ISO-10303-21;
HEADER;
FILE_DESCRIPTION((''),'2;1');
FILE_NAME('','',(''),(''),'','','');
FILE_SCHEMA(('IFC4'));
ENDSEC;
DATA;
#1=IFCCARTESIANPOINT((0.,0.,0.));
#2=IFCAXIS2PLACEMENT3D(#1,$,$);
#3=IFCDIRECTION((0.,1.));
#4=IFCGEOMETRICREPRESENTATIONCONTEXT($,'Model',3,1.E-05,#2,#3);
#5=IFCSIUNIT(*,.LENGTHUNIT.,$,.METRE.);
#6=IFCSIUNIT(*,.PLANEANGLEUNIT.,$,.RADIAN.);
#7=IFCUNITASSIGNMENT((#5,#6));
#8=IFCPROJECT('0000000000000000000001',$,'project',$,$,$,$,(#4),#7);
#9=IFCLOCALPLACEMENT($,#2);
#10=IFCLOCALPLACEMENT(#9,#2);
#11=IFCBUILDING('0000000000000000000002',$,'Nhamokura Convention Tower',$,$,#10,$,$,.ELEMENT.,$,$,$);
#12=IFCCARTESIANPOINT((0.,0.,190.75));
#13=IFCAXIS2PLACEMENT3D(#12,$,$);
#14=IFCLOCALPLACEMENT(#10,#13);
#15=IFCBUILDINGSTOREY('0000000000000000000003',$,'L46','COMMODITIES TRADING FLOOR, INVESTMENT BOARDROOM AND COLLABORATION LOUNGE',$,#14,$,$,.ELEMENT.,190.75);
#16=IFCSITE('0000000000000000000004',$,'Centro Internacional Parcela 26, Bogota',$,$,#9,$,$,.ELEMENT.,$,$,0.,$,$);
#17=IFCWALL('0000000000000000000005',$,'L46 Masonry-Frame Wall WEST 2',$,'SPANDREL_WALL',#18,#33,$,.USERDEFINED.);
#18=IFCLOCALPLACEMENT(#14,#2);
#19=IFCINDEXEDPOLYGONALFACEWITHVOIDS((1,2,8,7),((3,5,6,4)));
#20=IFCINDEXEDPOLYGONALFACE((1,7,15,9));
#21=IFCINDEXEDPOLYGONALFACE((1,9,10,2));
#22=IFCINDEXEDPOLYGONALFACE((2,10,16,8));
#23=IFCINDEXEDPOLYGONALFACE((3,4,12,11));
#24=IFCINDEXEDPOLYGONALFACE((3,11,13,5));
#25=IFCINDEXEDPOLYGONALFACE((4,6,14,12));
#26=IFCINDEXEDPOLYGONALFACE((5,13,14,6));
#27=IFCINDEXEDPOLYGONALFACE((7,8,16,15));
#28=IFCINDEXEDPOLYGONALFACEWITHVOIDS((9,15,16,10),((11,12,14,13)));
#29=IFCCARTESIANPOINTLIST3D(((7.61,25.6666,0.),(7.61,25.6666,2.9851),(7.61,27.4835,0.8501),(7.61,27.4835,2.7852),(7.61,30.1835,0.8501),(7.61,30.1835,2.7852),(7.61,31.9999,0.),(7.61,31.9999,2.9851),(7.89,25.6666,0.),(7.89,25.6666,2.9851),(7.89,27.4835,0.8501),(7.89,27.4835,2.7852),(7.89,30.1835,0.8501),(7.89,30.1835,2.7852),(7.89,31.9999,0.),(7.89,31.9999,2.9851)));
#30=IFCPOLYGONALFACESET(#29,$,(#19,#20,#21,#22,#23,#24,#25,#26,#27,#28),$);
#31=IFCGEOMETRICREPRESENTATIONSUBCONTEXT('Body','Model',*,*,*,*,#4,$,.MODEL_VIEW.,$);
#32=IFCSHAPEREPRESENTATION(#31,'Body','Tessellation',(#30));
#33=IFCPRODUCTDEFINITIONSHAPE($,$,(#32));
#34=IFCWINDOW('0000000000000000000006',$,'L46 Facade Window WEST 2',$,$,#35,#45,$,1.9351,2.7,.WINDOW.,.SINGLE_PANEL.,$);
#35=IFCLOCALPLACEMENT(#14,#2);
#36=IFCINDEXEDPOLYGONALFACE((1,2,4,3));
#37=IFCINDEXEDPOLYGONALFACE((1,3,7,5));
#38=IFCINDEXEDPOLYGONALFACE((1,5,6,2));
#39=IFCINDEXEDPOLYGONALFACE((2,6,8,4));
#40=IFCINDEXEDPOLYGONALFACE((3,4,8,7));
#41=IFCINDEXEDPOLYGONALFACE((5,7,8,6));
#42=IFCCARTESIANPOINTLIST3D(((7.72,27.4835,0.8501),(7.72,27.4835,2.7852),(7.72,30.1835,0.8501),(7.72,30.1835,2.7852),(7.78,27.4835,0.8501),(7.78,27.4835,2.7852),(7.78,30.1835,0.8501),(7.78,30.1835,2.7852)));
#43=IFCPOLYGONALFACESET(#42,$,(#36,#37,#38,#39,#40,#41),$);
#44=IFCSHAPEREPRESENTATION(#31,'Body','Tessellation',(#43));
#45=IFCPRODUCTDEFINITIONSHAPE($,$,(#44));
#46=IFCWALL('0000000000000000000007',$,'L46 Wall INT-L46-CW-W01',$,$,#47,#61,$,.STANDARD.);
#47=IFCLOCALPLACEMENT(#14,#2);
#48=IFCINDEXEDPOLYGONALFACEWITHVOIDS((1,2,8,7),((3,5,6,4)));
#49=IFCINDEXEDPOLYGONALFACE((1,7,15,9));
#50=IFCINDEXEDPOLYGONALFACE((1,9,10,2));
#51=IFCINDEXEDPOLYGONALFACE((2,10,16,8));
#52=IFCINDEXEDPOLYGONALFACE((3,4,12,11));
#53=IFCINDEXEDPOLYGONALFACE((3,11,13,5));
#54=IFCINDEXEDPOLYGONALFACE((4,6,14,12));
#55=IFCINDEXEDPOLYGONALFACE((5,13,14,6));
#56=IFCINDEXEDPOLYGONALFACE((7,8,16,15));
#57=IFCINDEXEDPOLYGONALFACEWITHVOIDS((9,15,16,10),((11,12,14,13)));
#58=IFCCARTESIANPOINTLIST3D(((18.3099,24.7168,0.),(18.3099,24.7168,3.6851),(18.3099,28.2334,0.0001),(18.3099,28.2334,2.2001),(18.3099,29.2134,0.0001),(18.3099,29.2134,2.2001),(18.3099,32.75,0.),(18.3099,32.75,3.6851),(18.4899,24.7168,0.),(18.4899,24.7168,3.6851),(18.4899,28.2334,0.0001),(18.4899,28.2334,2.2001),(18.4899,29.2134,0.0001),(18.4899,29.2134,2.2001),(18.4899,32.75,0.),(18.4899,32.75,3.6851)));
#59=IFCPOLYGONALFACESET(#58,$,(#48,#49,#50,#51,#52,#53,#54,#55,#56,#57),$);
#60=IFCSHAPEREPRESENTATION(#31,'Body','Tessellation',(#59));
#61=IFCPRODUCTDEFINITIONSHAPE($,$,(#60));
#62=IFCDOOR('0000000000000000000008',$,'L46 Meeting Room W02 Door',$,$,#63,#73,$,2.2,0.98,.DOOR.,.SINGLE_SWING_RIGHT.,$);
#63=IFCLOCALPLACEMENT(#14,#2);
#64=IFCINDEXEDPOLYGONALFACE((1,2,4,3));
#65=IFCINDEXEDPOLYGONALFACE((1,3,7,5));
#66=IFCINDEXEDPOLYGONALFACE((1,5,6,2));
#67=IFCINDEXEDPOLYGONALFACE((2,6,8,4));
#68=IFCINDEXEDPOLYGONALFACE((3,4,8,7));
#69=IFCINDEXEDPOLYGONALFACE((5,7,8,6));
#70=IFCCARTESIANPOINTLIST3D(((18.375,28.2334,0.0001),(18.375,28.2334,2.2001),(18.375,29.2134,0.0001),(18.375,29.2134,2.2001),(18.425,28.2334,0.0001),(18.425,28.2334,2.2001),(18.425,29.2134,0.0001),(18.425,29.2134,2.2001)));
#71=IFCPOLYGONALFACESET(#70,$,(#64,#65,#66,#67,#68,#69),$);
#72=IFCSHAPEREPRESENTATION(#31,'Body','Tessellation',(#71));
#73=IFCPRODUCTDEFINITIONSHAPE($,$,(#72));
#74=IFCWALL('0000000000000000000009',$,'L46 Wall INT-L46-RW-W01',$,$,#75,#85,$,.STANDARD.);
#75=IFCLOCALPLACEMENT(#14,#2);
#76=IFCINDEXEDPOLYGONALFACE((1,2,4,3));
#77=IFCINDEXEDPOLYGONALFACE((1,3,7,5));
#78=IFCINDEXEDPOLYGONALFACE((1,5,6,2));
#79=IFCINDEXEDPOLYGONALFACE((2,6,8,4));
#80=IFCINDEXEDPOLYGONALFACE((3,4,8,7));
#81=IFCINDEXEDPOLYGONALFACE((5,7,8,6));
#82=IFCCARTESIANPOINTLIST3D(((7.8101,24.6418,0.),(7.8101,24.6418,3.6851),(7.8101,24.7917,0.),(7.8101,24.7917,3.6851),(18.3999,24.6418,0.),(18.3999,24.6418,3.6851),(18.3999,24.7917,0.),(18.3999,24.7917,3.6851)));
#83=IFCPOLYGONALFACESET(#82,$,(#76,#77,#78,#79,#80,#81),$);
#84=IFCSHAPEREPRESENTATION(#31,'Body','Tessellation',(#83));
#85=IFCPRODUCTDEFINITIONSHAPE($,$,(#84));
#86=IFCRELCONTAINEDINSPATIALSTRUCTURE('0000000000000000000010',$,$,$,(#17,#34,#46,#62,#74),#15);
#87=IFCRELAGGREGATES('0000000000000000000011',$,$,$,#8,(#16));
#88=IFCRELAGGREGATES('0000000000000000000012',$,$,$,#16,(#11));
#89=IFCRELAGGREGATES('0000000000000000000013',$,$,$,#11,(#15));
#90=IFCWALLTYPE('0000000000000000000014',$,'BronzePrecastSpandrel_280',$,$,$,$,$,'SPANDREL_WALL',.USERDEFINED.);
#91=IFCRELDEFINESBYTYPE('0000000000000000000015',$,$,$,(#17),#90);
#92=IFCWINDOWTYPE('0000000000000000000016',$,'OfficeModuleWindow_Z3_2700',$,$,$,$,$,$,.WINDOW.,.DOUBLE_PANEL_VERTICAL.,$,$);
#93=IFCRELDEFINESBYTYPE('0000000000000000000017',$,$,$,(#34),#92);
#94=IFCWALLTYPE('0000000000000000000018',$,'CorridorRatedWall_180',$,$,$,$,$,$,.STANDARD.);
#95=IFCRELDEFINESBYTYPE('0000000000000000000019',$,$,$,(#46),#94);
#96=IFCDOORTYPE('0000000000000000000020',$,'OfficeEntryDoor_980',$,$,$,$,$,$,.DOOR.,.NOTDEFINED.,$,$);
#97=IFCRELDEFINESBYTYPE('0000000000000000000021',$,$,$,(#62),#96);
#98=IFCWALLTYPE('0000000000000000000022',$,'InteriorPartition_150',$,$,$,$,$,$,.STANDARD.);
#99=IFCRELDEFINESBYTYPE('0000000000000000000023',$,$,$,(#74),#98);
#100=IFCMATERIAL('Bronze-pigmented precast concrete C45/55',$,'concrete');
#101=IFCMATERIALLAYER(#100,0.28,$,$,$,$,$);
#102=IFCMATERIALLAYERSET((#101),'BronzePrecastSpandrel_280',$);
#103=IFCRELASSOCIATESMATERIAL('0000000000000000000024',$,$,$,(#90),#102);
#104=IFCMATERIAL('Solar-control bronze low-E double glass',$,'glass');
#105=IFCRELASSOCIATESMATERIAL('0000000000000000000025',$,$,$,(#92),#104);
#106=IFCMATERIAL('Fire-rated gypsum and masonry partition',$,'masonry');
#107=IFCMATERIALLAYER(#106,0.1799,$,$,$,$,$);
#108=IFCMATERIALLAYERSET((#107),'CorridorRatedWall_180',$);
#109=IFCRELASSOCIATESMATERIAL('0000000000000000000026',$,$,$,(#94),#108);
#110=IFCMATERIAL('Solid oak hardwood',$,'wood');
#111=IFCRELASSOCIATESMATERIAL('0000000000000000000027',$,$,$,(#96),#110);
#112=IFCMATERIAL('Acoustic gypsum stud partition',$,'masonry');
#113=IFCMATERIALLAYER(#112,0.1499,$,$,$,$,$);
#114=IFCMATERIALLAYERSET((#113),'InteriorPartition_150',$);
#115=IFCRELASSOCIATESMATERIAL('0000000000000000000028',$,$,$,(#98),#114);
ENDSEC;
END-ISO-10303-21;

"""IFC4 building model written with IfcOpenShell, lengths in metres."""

from ifc_helpers import new_model, si_unit, direction, frame, frame_2d, origin, place, context, subcontext, project, spatial, rectangle, extrude, material, layer, layer_set, type_object, element, fill, save


model = new_model("IFC4")

# Units and contexts
model_context = context("Model", 3, precision=1e-05, world=origin(), true_north=direction((0.0, 1.0)))
body_context = subcontext(model_context, "Body", "Model", "MODEL_VIEW")
ifc_project = project(units=[si_unit("LENGTHUNIT", "METRE"), si_unit("PLANEANGLEUNIT", "RADIAN")], contexts=[model_context])

# Site, building, storey
site_placement = place(None, origin())
site = spatial("IfcSite", under=ifc_project, at=site_placement, Name="Centro Internacional Parcela 26, Bogota", CompositionType="ELEMENT", RefElevation=0.0)
building_placement = place(site_placement, origin())
building = spatial("IfcBuilding", under=site, at=building_placement, Name="Nhamokura Convention Tower", CompositionType="ELEMENT")
storey_placement = place(building_placement, frame((0.0, 0.0, 190.75)))
storey = spatial("IfcBuildingStorey", under=building, at=storey_placement, Name="L46", Description="COMMODITIES TRADING FLOOR, INVESTMENT BOARDROOM AND COLLABORATION LOUNGE", CompositionType="ELEMENT", Elevation=190.75)

# Wall, opening, window
ifc_material_1 = material(Name="Bronze-pigmented precast concrete C45/55", Category="concrete")
ifc_layer_1 = layer(ifc_material_1, 0.28)
ifc_layer_set_1 = layer_set([ifc_layer_1], Name="BronzePrecastSpandrel_280")
wall_type_1 = type_object("IfcWallType", Name="BronzePrecastSpandrel_280", ElementType="SPANDREL_WALL", PredefinedType="USERDEFINED", material=ifc_layer_set_1)
wall_1_placement = place(storey_placement, frame((7.75, 25.6667, 0.0), z_axis=(0.0, 0.0, 1.0), x_axis=(0.0, 1.0, 0.0)))
wall_1 = element("IfcWall", 1, at=wall_1_placement, inside=storey, type_object=wall_type_1, Name="L46 Masonry-Frame Wall WEST 2", ObjectType="SPANDREL_WALL", PredefinedType="USERDEFINED", context=body_context, shape_type="SweptSolid", body=[
    extrude(rectangle(XDim=6.3333, YDim=0.28, at=frame_2d((3.1665, 0.0))), origin(), (0.0, 0.0, 1.0), 2.9851),
])
opening_1_placement = place(wall_1_placement, frame((1.8167, 0.0, 0.8501)))
opening_1 = element("IfcOpeningElement", 2, at=opening_1_placement, cuts=wall_1, PredefinedType="OPENING", context=body_context, shape_type="SweptSolid", body=[
    extrude(rectangle(XDim=2.7, YDim=1.9351, at=frame_2d((1.3501, 0.9675))), frame((0.0, 0.1499, 0.0), z_axis=(0.0, -1.0, 0.0), x_axis=(1.0, 0.0, 0.0)), (0.0, 0.0, 1.0), 0.3),
])
ifc_material_2 = material(Name="Solar-control bronze low-E double glass", Category="glass")
window_type_1 = type_object("IfcWindowType", Name="OfficeModuleWindow_Z3_2700", PartitioningType="DOUBLE_PANEL_VERTICAL", PredefinedType="WINDOW", material=ifc_material_2)
window_1_placement = place(opening_1_placement, origin())
window_1 = element("IfcWindow", 3, at=window_1_placement, inside=storey, type_object=window_type_1, Name="L46 Facade Window WEST 2", OverallHeight=1.9351, OverallWidth=2.7, PartitioningType="SINGLE_PANEL", PredefinedType="WINDOW", context=body_context, shape_type="SweptSolid", body=[
    extrude(rectangle(XDim=2.7, YDim=1.9351, at=frame_2d((1.3501, 0.9675))), frame((0.0, 0.03, 0.0), z_axis=(0.0, -1.0, 0.0), x_axis=(1.0, 0.0, 0.0)), (0.0, 0.0, 1.0), 0.0601),
])
fill(opening_1, window_1)

# Wall, opening, door
ifc_material_3 = material(Name="Fire-rated gypsum and masonry partition", Category="masonry")
ifc_layer_2 = layer(ifc_material_3, 0.1799)
ifc_layer_set_2 = layer_set([ifc_layer_2], Name="CorridorRatedWall_180")
wall_type_2 = type_object("IfcWallType", Name="CorridorRatedWall_180", PredefinedType="STANDARD", material=ifc_layer_set_2)
wall_2_placement = place(storey_placement, frame((18.3999, 24.7168, 0.0), z_axis=(0.0, 0.0, 1.0), x_axis=(0.0, 1.0, 0.0)))
wall_2 = element("IfcWall", 4, at=wall_2_placement, inside=storey, type_object=wall_type_2, Name="L46 Wall INT-L46-CW-W01", PredefinedType="STANDARD", context=body_context, shape_type="SweptSolid", body=[
    extrude(rectangle(XDim=8.0332, YDim=0.1799, at=frame_2d((4.0166, 0.0))), origin(), (0.0, 0.0, 1.0), 3.6851),
])
opening_2_placement = place(wall_2_placement, frame((3.5166, 0.0, 0.0)))
opening_2 = element("IfcOpeningElement", 5, at=opening_2_placement, cuts=wall_2, PredefinedType="OPENING", context=body_context, shape_type="SweptSolid", body=[
    extrude(rectangle(XDim=0.98, YDim=2.2, at=frame_2d((0.49, 1.1001))), frame((0.0, 0.0999, 0.0), z_axis=(0.0, -1.0, 0.0), x_axis=(1.0, 0.0, 0.0)), (0.0, 0.0, 1.0), 0.2),
])
ifc_material_4 = material(Name="Solid oak hardwood", Category="wood")
door_type_1 = type_object("IfcDoorType", Name="OfficeEntryDoor_980", OperationType="NOTDEFINED", PredefinedType="DOOR", material=ifc_material_4)
door_1_placement = place(opening_2_placement, origin())
door_1 = element("IfcDoor", 6, at=door_1_placement, inside=storey, type_object=door_type_1, Name="L46 Meeting Room W02 Door", OperationType="SINGLE_SWING_RIGHT", OverallHeight=2.2, OverallWidth=0.98, PredefinedType="DOOR", context=body_context, shape_type="SweptSolid", body=[
    extrude(rectangle(XDim=0.98, YDim=2.2, at=frame_2d((0.49, 1.1001))), frame((0.0, 0.0249, 0.0), z_axis=(0.0, -1.0, 0.0), x_axis=(1.0, 0.0, 0.0)), (0.0, 0.0, 1.0), 0.05),
])
fill(opening_2, door_1)

# Wall
ifc_material_5 = material(Name="Acoustic gypsum stud partition", Category="masonry")
ifc_layer_3 = layer(ifc_material_5, 0.1499)
ifc_layer_set_3 = layer_set([ifc_layer_3], Name="InteriorPartition_150")
wall_type_3 = type_object("IfcWallType", Name="InteriorPartition_150", PredefinedType="STANDARD", material=ifc_layer_set_3)
wall_3_placement = place(storey_placement, frame((7.8101, 24.7168, 0.0), z_axis=(0.0, 0.0, 1.0), x_axis=(1.0, 0.0, 0.0)))
element("IfcWall", 7, at=wall_3_placement, inside=storey, type_object=wall_type_3, Name="L46 Wall INT-L46-RW-W01", PredefinedType="STANDARD", context=body_context, shape_type="SweptSolid", body=[
    extrude(rectangle(XDim=10.5898, YDim=0.1499, at=frame_2d((5.2949, 0.0))), origin(), (0.0, 0.0, 1.0), 3.6851),
])

save(model, "model.ifc")
